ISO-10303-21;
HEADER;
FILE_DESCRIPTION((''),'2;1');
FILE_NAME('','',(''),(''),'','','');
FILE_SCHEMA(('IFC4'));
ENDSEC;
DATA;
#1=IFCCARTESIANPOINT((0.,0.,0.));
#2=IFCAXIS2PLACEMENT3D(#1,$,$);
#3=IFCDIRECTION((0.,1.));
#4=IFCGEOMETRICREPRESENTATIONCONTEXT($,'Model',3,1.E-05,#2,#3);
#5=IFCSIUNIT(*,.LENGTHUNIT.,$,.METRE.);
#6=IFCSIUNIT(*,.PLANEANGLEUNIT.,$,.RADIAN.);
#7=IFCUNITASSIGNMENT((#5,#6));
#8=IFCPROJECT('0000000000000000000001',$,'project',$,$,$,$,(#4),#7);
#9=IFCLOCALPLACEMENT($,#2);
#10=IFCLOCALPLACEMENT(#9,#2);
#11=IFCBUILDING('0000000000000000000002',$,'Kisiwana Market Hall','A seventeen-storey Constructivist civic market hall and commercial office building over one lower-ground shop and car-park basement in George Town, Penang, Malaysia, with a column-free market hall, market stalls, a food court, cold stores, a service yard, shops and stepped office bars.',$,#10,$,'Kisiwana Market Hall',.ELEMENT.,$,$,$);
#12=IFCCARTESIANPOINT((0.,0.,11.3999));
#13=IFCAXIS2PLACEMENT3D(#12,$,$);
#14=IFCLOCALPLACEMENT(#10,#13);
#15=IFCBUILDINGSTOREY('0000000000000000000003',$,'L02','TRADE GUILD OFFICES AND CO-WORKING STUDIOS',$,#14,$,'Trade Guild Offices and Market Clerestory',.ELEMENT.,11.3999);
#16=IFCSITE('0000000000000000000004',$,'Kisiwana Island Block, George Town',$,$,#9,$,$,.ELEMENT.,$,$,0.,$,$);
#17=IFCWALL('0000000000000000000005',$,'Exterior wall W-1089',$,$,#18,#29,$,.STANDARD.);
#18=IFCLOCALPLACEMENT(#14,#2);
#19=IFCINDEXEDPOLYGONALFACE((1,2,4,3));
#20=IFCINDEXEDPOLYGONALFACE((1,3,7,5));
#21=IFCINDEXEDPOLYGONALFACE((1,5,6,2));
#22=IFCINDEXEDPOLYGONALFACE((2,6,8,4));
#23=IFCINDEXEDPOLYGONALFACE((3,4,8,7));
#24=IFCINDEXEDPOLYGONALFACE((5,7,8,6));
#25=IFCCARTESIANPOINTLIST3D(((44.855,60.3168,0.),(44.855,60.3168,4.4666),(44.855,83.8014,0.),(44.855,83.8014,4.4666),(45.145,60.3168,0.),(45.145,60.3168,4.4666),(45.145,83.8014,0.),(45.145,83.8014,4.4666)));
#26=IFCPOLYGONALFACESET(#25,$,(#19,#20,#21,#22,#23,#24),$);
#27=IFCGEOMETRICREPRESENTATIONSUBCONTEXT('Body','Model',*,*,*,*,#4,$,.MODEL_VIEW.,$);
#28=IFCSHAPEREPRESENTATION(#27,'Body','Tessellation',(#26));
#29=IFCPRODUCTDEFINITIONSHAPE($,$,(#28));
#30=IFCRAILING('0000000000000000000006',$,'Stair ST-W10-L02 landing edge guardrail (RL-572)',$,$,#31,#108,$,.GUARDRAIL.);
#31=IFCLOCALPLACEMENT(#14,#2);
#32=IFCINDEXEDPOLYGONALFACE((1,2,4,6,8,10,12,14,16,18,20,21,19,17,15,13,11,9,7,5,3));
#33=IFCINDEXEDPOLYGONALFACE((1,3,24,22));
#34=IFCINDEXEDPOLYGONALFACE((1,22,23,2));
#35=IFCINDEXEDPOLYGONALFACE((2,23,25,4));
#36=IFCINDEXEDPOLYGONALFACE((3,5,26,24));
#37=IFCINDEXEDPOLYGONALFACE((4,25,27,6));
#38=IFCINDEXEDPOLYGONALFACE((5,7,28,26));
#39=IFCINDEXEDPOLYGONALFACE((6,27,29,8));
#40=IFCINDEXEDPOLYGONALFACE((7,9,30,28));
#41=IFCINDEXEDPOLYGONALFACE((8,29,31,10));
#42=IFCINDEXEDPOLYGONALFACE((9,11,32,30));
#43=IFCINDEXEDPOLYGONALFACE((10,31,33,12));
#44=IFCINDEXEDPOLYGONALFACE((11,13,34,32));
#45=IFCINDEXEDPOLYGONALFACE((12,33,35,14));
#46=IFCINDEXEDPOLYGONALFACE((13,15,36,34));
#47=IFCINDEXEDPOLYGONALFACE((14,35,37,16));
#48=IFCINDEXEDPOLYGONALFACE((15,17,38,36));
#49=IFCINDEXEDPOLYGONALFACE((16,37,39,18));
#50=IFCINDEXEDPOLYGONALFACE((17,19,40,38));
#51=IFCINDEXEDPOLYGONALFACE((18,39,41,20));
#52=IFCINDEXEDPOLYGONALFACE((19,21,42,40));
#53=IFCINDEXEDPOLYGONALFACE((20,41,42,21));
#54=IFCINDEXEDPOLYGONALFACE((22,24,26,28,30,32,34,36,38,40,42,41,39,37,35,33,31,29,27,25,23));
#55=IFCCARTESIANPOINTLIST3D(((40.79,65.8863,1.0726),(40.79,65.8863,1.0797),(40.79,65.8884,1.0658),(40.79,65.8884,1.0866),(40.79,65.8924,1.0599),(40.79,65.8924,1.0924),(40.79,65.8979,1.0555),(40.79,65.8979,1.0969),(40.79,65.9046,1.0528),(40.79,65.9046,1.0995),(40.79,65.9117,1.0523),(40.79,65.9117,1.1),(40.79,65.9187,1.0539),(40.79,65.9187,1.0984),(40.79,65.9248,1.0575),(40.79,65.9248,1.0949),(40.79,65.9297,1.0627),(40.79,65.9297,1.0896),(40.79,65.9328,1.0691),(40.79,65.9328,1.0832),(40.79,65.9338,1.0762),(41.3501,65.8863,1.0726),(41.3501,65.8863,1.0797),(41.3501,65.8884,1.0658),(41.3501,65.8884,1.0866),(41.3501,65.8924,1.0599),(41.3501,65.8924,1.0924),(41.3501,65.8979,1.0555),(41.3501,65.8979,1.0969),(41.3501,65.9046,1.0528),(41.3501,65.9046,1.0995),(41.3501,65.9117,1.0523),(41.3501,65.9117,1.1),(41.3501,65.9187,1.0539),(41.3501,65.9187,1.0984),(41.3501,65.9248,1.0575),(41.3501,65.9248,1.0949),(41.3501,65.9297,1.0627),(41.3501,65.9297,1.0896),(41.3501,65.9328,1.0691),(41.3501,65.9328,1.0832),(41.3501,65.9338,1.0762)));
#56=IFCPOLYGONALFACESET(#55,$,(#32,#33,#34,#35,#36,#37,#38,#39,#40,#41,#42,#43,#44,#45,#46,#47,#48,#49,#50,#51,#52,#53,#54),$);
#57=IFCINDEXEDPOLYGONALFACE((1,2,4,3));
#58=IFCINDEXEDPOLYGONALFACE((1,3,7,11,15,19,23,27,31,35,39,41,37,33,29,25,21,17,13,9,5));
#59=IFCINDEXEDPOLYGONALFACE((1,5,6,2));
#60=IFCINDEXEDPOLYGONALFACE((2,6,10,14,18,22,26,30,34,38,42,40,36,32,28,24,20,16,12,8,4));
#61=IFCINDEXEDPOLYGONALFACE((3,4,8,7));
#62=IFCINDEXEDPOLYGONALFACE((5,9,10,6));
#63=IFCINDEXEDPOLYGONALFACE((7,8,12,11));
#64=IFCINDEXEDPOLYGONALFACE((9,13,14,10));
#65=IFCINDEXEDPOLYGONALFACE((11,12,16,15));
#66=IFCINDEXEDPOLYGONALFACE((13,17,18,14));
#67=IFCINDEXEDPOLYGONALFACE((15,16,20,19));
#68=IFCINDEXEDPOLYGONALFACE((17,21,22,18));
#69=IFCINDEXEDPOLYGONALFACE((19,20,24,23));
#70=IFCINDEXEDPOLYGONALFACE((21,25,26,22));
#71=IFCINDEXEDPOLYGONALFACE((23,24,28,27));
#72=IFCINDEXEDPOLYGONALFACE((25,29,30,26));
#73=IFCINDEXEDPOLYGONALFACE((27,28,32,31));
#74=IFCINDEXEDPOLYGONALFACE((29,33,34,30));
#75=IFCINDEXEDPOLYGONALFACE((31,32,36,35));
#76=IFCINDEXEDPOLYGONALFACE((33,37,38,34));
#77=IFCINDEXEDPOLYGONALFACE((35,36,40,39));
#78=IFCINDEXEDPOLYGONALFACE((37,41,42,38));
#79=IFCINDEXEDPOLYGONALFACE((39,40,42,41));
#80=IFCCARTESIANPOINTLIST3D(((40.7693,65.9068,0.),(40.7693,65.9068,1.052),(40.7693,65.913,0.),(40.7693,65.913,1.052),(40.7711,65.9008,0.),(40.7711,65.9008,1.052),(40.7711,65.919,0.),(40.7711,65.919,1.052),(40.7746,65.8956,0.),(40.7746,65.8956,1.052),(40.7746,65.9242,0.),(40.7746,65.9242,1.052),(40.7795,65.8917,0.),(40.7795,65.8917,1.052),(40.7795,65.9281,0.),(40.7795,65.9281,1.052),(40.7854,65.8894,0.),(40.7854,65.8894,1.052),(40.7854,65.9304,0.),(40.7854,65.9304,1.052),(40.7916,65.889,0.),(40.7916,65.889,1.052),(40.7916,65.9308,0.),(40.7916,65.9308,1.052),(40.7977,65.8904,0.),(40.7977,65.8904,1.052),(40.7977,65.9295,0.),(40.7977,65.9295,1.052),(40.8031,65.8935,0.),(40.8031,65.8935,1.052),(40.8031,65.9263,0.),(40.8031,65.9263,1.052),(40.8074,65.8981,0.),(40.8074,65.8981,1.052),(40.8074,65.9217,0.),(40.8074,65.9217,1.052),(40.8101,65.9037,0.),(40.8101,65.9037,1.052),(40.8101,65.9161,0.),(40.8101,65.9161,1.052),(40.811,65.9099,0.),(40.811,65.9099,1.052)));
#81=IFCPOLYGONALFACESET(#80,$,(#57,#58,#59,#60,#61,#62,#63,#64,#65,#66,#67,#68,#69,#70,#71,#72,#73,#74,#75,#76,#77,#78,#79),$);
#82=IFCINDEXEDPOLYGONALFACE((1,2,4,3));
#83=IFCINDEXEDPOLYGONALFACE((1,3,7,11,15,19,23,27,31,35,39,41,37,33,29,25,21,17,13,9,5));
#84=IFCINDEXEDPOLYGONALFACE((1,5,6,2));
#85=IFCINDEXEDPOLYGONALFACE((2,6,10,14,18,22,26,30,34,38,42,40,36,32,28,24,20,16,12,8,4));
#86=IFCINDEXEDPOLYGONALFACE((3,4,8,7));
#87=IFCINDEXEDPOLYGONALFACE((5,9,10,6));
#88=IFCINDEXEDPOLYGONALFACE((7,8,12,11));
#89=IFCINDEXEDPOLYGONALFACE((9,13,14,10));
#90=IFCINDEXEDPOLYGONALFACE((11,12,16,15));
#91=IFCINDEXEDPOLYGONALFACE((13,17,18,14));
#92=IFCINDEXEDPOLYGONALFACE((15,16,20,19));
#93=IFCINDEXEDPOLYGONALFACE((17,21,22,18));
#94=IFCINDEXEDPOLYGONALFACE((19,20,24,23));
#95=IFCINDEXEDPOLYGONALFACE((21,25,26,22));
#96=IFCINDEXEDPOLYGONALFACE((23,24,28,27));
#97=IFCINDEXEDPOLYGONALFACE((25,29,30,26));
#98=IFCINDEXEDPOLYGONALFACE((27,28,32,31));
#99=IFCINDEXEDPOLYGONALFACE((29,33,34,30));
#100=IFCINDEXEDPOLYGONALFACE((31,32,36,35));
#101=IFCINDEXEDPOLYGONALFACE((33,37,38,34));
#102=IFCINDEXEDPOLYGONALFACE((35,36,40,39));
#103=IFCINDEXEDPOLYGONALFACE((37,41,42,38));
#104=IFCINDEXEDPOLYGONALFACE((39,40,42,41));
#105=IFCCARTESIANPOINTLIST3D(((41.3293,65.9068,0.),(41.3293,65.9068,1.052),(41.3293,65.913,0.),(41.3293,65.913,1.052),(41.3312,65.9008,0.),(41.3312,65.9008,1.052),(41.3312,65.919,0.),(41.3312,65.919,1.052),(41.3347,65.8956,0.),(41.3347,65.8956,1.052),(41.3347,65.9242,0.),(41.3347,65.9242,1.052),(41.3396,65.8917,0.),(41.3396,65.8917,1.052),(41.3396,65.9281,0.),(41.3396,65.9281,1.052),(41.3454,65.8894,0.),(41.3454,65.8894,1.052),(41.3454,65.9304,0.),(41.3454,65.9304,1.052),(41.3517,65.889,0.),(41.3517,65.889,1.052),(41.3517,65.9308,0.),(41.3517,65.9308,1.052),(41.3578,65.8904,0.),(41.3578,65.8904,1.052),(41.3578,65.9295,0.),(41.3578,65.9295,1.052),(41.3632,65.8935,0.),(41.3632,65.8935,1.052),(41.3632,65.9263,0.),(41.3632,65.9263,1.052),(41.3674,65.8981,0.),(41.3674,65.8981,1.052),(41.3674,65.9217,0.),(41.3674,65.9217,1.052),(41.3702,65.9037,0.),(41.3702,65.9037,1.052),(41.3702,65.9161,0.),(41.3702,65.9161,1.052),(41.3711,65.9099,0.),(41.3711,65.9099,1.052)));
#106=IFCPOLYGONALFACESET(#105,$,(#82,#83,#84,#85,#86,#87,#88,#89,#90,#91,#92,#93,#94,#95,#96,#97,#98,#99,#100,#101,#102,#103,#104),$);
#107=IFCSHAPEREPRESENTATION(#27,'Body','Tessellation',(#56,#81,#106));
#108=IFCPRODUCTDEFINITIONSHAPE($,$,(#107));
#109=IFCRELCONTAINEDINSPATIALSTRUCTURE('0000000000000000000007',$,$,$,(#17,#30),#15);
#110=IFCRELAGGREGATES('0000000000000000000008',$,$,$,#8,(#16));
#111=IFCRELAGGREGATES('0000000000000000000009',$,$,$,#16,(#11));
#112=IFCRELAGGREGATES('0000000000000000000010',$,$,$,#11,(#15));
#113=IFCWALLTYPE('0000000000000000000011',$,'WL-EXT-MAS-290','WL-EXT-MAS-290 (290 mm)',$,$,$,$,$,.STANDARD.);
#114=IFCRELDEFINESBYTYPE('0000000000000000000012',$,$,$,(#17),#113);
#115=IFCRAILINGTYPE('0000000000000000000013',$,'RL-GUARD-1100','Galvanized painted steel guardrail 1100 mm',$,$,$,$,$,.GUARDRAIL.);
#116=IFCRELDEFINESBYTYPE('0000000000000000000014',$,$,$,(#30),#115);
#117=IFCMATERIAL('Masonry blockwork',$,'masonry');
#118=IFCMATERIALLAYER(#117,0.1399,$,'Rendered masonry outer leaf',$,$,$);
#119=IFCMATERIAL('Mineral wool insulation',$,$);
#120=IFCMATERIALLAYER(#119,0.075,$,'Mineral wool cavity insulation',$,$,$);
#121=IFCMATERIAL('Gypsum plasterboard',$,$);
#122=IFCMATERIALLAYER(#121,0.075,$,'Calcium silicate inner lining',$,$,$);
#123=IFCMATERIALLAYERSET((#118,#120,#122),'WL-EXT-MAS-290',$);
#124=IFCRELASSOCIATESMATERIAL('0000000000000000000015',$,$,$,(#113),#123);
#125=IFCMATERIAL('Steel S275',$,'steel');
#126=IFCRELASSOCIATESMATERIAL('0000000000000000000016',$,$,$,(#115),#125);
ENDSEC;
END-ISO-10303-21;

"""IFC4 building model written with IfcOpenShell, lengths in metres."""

from ifc_helpers import new_model, si_unit, direction, frame, frame_2d, origin, origin_2d, place, context, subcontext, project, spatial, rectangle, circle, extrude, material, layer, layer_set, type_object, element, save


model = new_model("IFC4")

# Units and contexts
model_context = context("Model", 3, precision=1e-05, world=origin(), true_north=direction((0.0, 1.0)))
body_context = subcontext(model_context, "Body", "Model", "MODEL_VIEW")
ifc_project = project(units=[si_unit("LENGTHUNIT", "METRE"), si_unit("PLANEANGLEUNIT", "RADIAN")], contexts=[model_context])

# Site, building, storey
site_placement = place(None, origin())
site = spatial("IfcSite", under=ifc_project, at=site_placement, Name="Kisiwana Island Block, George Town", CompositionType="ELEMENT", RefElevation=0.0)
building_placement = place(site_placement, origin())
building = spatial("IfcBuilding", under=site, at=building_placement, Name="Kisiwana Market Hall", Description="A seventeen-storey Constructivist civic market hall and commercial office building over one lower-ground shop and car-park basement in George Town, Penang, Malaysia, with a column-free market hall, market stalls, a food court, cold stores, a service yard, shops and stepped office bars.", LongName="Kisiwana Market Hall", CompositionType="ELEMENT")
storey_placement = place(building_placement, frame((0.0, 0.0, 11.3999)))
storey = spatial("IfcBuildingStorey", under=building, at=storey_placement, Name="L02", Description="TRADE GUILD OFFICES AND CO-WORKING STUDIOS", LongName="Trade Guild Offices and Market Clerestory", CompositionType="ELEMENT", Elevation=11.3999)

# Wall
ifc_material_1 = material(Name="Masonry blockwork", Category="masonry")
ifc_layer_1 = layer(ifc_material_1, 0.1399, Name="Rendered masonry outer leaf")
ifc_material_2 = material(Name="Mineral wool insulation")
ifc_layer_2 = layer(ifc_material_2, 0.075, Name="Mineral wool cavity insulation")
ifc_material_3 = material(Name="Gypsum plasterboard")
ifc_layer_3 = layer(ifc_material_3, 0.075, Name="Calcium silicate inner lining")
ifc_layer_set_1 = layer_set([ifc_layer_1, ifc_layer_2, ifc_layer_3], Name="WL-EXT-MAS-290")
wall_type_1 = type_object("IfcWallType", Name="WL-EXT-MAS-290", Description="WL-EXT-MAS-290 (290 mm)", PredefinedType="STANDARD", material=ifc_layer_set_1)
wall_1_placement = place(storey_placement, frame((45.0, 60.3169, 0.0), z_axis=(0.0, 0.0, 1.0), x_axis=(0.0, 1.0, 0.0)))
element("IfcWall", 1, at=wall_1_placement, inside=storey, type_object=wall_type_1, Name="Exterior wall W-1089", PredefinedType="STANDARD", context=body_context, shape_type="SweptSolid", body=[
    extrude(rectangle(XDim=23.4846, YDim=0.29, at=frame_2d((11.7422, 0.0))), origin(), (0.0, 0.0, 1.0), 4.4666),
])

# Railing
ifc_material_4 = material(Name="Steel S275", Category="steel")
railing_type_1 = type_object("IfcRailingType", Name="RL-GUARD-1100", Description="Galvanized painted steel guardrail 1100 mm", PredefinedType="GUARDRAIL", material=ifc_material_4)
railing_1_placement = place(storey_placement, frame((40.79, 65.9099, 0.0)))
element("IfcRailing", 2, at=railing_1_placement, inside=storey, type_object=railing_type_1, Name="Stair ST-W10-L02 landing edge guardrail (RL-572)", PredefinedType="GUARDRAIL", context=body_context, shape_type="SweptSolid", body=[
    extrude(circle(Radius=0.0239, at=origin_2d()), frame((0.0, 0.0, 1.0762), z_axis=(1.0, 0.0, 0.0), x_axis=(0.0, 1.0, 0.0)), (0.0, 0.0, 1.0), 0.5601),
    extrude(circle(Radius=0.021, at=origin_2d()), origin(), (0.0, 0.0, 1.0), 1.052),
    extrude(circle(Radius=0.021, at=origin_2d()), frame((0.5601, 0.0, 0.0)), (0.0, 0.0, 1.0), 1.052),
])

save(model, "model.ifc")
